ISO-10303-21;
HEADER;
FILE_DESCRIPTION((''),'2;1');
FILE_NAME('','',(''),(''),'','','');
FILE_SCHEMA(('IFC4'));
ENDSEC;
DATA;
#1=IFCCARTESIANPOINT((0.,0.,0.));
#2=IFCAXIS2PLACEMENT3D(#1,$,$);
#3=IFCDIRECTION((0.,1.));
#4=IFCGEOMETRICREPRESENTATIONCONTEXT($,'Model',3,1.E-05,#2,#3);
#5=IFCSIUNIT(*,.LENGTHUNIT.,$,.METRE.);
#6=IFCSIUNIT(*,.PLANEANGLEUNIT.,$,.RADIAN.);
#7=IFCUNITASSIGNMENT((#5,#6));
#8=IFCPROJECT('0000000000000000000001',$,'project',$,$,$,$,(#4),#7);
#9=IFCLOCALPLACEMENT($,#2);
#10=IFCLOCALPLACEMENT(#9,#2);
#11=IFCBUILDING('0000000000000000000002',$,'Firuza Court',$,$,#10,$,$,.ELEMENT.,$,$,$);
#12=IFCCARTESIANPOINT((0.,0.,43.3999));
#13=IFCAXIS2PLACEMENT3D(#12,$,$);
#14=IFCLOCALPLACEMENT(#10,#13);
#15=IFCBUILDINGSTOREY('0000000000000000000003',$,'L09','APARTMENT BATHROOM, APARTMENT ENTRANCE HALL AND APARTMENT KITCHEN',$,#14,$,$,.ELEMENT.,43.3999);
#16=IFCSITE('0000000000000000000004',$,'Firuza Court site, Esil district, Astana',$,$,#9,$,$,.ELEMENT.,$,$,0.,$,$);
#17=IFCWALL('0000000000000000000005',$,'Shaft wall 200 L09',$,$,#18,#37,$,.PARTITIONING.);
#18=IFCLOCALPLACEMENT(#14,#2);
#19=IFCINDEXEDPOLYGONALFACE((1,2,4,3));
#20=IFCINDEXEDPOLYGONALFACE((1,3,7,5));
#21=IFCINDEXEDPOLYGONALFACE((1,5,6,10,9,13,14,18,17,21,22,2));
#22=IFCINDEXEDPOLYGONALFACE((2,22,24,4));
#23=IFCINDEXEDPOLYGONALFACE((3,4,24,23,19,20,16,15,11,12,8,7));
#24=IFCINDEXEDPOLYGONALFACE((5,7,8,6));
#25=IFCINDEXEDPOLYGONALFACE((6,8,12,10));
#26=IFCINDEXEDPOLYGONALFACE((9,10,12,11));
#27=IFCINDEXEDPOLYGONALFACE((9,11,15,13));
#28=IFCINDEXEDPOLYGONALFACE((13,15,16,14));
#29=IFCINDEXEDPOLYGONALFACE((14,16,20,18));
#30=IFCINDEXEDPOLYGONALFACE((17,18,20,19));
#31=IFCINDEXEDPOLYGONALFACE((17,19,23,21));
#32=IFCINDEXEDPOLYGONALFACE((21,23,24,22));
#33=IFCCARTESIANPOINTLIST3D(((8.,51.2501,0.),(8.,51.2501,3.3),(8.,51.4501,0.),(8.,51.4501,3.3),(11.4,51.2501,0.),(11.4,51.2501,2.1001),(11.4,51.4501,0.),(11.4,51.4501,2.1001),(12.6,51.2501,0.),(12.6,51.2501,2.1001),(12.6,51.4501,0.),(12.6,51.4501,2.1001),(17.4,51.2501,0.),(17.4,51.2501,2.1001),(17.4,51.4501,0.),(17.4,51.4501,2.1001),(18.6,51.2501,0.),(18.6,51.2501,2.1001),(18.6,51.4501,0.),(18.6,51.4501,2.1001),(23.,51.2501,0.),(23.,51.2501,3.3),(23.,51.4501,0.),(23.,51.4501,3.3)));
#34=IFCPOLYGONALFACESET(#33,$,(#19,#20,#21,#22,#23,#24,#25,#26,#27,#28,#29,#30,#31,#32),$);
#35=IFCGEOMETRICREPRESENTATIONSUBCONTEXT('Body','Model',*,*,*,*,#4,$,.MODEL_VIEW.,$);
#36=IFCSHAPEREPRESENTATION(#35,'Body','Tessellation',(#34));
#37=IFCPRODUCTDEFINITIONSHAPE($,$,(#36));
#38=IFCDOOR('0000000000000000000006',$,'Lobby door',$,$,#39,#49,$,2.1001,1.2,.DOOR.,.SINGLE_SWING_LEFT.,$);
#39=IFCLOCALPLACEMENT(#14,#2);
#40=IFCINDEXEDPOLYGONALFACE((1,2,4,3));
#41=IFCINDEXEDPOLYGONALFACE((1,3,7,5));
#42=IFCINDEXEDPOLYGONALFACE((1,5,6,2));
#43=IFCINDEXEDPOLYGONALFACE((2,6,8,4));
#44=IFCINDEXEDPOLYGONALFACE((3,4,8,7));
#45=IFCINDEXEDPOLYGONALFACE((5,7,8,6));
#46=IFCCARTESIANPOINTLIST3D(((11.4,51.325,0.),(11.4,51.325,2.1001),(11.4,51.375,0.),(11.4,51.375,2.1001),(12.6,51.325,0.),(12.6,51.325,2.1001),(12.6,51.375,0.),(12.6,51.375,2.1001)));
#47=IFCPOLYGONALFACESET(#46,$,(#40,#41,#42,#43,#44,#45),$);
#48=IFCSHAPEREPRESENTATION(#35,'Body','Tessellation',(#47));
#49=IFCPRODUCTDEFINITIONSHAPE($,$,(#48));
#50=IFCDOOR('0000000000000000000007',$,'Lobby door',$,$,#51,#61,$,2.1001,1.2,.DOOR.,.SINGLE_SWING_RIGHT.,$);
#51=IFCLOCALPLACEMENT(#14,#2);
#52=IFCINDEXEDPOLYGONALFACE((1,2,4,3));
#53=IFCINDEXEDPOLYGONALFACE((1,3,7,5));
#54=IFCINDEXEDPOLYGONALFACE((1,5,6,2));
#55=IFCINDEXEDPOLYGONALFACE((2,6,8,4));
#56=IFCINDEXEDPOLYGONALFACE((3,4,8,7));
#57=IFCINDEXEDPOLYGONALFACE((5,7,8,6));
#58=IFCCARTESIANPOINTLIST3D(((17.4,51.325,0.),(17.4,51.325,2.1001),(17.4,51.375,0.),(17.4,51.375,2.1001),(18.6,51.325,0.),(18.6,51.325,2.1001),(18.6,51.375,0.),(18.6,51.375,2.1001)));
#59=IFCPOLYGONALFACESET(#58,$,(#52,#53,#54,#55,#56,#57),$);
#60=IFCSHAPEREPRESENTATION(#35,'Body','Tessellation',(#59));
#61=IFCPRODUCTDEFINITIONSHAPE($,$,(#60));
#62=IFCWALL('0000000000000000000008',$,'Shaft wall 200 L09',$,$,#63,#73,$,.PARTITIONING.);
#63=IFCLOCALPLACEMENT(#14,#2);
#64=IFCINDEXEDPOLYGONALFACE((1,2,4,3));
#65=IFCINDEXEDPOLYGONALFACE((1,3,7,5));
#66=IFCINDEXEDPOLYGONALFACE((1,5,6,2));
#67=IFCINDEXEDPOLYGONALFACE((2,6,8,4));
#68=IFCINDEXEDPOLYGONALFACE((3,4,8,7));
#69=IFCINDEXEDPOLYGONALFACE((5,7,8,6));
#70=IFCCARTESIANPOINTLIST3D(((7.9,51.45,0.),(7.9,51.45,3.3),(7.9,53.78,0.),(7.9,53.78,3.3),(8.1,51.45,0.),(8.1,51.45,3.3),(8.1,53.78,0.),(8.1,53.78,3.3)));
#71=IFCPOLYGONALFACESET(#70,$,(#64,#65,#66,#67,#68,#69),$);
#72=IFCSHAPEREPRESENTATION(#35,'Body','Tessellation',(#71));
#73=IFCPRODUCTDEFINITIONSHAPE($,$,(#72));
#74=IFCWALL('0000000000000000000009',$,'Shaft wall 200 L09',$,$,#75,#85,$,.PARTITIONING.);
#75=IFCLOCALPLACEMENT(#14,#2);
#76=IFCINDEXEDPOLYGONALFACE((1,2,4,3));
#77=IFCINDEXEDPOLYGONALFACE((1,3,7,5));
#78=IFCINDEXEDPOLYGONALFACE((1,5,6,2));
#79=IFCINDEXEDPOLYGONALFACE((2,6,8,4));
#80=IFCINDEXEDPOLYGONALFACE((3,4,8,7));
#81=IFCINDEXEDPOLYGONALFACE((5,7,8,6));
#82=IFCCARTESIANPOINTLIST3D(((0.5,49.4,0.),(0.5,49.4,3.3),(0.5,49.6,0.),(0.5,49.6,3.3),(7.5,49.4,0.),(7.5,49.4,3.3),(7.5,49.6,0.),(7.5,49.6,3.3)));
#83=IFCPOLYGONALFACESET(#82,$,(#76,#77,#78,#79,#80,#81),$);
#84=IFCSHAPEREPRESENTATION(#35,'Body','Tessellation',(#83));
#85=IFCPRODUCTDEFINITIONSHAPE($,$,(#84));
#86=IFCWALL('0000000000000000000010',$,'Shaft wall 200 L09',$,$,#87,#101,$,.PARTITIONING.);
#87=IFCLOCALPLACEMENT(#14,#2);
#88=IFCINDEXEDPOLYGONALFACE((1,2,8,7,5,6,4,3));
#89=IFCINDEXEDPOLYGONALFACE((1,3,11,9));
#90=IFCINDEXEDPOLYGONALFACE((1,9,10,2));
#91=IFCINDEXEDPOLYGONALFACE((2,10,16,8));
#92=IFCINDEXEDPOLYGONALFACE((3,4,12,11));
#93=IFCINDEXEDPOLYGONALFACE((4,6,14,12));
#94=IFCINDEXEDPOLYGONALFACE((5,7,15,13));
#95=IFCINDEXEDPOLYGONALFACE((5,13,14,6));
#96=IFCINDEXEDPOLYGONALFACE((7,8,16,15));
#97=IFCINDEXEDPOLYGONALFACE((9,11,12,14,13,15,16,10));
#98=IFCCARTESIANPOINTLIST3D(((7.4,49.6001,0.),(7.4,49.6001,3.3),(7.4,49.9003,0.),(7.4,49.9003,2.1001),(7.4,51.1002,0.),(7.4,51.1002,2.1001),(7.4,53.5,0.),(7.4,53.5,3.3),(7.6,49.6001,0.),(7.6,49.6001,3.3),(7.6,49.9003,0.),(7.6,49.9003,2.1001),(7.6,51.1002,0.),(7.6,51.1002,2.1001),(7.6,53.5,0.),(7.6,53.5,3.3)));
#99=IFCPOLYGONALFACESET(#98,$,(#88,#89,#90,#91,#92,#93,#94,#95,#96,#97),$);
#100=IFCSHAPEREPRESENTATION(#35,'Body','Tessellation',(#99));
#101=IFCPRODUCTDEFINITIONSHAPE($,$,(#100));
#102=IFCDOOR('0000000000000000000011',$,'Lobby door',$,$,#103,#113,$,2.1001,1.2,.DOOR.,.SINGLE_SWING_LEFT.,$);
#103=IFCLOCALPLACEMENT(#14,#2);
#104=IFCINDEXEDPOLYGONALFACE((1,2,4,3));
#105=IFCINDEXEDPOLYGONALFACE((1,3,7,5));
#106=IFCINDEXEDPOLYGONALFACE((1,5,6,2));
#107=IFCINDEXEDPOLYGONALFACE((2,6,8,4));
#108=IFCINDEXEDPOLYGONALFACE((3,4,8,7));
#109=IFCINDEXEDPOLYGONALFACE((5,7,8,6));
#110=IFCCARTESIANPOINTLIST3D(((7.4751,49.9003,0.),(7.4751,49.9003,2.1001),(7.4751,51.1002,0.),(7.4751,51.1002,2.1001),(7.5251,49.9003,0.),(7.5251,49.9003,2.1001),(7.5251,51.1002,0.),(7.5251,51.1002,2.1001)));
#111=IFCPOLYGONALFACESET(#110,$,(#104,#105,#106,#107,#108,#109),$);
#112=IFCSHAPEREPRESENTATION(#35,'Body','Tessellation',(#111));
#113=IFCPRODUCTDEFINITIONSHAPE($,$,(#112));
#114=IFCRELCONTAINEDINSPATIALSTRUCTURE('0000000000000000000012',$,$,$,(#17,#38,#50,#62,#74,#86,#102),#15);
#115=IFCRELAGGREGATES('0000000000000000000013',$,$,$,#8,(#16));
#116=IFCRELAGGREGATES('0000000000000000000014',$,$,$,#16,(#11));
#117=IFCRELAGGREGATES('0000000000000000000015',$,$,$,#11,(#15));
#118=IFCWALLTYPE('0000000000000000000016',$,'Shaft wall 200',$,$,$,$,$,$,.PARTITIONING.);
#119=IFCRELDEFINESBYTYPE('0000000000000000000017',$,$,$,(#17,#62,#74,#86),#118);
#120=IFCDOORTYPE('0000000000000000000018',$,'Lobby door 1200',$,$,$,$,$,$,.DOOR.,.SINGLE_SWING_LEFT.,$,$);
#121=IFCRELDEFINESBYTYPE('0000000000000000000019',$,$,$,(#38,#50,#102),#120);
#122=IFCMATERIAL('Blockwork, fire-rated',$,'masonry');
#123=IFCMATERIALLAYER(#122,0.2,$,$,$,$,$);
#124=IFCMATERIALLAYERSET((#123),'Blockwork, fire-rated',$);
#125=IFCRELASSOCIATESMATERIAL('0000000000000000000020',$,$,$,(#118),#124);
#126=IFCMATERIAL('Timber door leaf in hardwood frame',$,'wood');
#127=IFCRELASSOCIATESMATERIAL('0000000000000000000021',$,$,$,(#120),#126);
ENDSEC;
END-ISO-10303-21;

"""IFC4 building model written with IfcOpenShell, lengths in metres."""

from ifc_helpers import new_model, si_unit, direction, frame, frame_2d, origin, place, context, subcontext, project, spatial, rectangle, extrude, material, layer, layer_set, type_object, element, fill, save


model = new_model("IFC4")

# Units and contexts
model_context = context("Model", 3, precision=1e-05, world=origin(), true_north=direction((0.0, 1.0)))
body_context = subcontext(model_context, "Body", "Model", "MODEL_VIEW")
ifc_project = project(units=[si_unit("LENGTHUNIT", "METRE"), si_unit("PLANEANGLEUNIT", "RADIAN")], contexts=[model_context])

# Site, building, storey
site_placement = place(None, origin())
site = spatial("IfcSite", under=ifc_project, at=site_placement, Name="Firuza Court site, Esil district, Astana", CompositionType="ELEMENT", RefElevation=0.0)
building_placement = place(site_placement, origin())
building = spatial("IfcBuilding", under=site, at=building_placement, Name="Firuza Court", CompositionType="ELEMENT")
storey_placement = place(building_placement, frame((0.0, 0.0, 43.3999)))
storey = spatial("IfcBuildingStorey", under=building, at=storey_placement, Name="L09", Description="APARTMENT BATHROOM, APARTMENT ENTRANCE HALL AND APARTMENT KITCHEN", CompositionType="ELEMENT", Elevation=43.3999)

# Wall, openings, doors
ifc_material_1 = material(Name="Blockwork, fire-rated", Category="masonry")
ifc_layer_1 = layer(ifc_material_1, 0.2)
ifc_layer_set_1 = layer_set([ifc_layer_1], Name="Blockwork, fire-rated")
wall_type_1 = type_object("IfcWallType", Name="Shaft wall 200", PredefinedType="PARTITIONING", material=ifc_layer_set_1)
wall_1_placement = place(storey_placement, frame((8.0, 51.3501, 0.0), z_axis=(0.0, 0.0, 1.0), x_axis=(1.0, 0.0, 0.0)))
wall_1 = element("IfcWall", 1, at=wall_1_placement, inside=storey, type_object=wall_type_1, Name="Shaft wall 200 L09", PredefinedType="PARTITIONING", context=body_context, shape_type="SweptSolid", body=[
    extrude(rectangle(XDim=15.0, YDim=0.2, at=frame_2d((7.5, 0.0))), origin(), (0.0, 0.0, 1.0), 3.3),
])
opening_1_placement = place(wall_1_placement, frame((3.3999, 0.0, 0.0)))
opening_1 = element("IfcOpeningElement", 2, at=opening_1_placement, cuts=wall_1, PredefinedType="OPENING", context=body_context, shape_type="SweptSolid", body=[
    extrude(rectangle(XDim=1.2, YDim=2.1001, at=frame_2d((0.6001, 1.05))), frame((0.0, 0.1118, 0.0), z_axis=(0.0, -1.0, 0.0), x_axis=(1.0, 0.0, 0.0)), (0.0, 0.0, 1.0), 0.2239),
])
opening_2_placement = place(wall_1_placement, frame((9.3999, 0.0, 0.0)))
opening_2 = element("IfcOpeningElement", 3, at=opening_2_placement, cuts=wall_1, PredefinedType="OPENING", context=body_context, shape_type="SweptSolid", body=[
    extrude(rectangle(XDim=1.2, YDim=2.1001, at=frame_2d((0.6001, 1.05))), frame((0.0, 0.1118, 0.0), z_axis=(0.0, -1.0, 0.0), x_axis=(1.0, 0.0, 0.0)), (0.0, 0.0, 1.0), 0.2239),
])
ifc_material_2 = material(Name="Timber door leaf in hardwood frame", Category="wood")
door_type_1 = type_object("IfcDoorType", Name="Lobby door 1200", OperationType="SINGLE_SWING_LEFT", PredefinedType="DOOR", material=ifc_material_2)
door_1_placement = place(opening_1_placement, origin())
door_1 = element("IfcDoor", 4, at=door_1_placement, inside=storey, type_object=door_type_1, Name="Lobby door", OperationType="SINGLE_SWING_LEFT", OverallHeight=2.1001, OverallWidth=1.2, PredefinedType="DOOR", context=body_context, shape_type="SweptSolid", body=[
    extrude(rectangle(XDim=1.2, YDim=2.1001, at=frame_2d((0.6001, 1.05))), frame((0.0, 0.0249, 0.0), z_axis=(0.0, -1.0, 0.0), x_axis=(1.0, 0.0, 0.0)), (0.0, 0.0, 1.0), 0.05),
])
fill(opening_1, door_1)
door_2_placement = place(opening_2_placement, origin())
door_2 = element("IfcDoor", 5, at=door_2_placement, inside=storey, type_object=door_type_1, Name="Lobby door", OperationType="SINGLE_SWING_RIGHT", OverallHeight=2.1001, OverallWidth=1.2, PredefinedType="DOOR", context=body_context, shape_type="SweptSolid", body=[
    extrude(rectangle(XDim=1.2, YDim=2.1001, at=frame_2d((0.6001, 1.05))), frame((0.0, 0.0249, 0.0), z_axis=(0.0, -1.0, 0.0), x_axis=(1.0, 0.0, 0.0)), (0.0, 0.0, 1.0), 0.05),
])
fill(opening_2, door_2)

# Walls
wall_2_placement = place(storey_placement, frame((8.0, 51.45, 0.0), z_axis=(0.0, 0.0, 1.0), x_axis=(0.0, 1.0, 0.0)))
element("IfcWall", 6, at=wall_2_placement, inside=storey, type_object=wall_type_1, Name="Shaft wall 200 L09", PredefinedType="PARTITIONING", context=body_context, shape_type="SweptSolid", body=[
    extrude(rectangle(XDim=2.3301, YDim=0.2, at=frame_2d((1.165, 0.0))), origin(), (0.0, 0.0, 1.0), 3.3),
])
wall_3_placement = place(storey_placement, frame((0.5, 49.5, 0.0), z_axis=(0.0, 0.0, 1.0), x_axis=(1.0, 0.0, 0.0)))
element("IfcWall", 7, at=wall_3_placement, inside=storey, type_object=wall_type_1, Name="Shaft wall 200 L09", PredefinedType="PARTITIONING", context=body_context, shape_type="SweptSolid", body=[
    extrude(rectangle(XDim=7.0, YDim=0.2, at=frame_2d((3.5, 0.0))), origin(), (0.0, 0.0, 1.0), 3.3),
])

# Wall, opening, door
wall_4_placement = place(storey_placement, frame((7.5, 49.6001, 0.0), z_axis=(0.0, 0.0, 1.0), x_axis=(0.0, 1.0, 0.0)))
wall_4 = element("IfcWall", 8, at=wall_4_placement, inside=storey, type_object=wall_type_1, Name="Shaft wall 200 L09", PredefinedType="PARTITIONING", context=body_context, shape_type="SweptSolid", body=[
    extrude(rectangle(XDim=3.8999, YDim=0.2, at=frame_2d((1.95, 0.0))), origin(), (0.0, 0.0, 1.0), 3.3),
])
opening_3_placement = place(wall_4_placement, frame((0.3, 0.0, 0.0)))
opening_3 = element("IfcOpeningElement", 9, at=opening_3_placement, cuts=wall_4, PredefinedType="OPENING", context=body_context, shape_type="SweptSolid", body=[
    extrude(rectangle(XDim=1.2, YDim=2.1001, at=frame_2d((0.6001, 1.05))), frame((0.0, 0.1118, 0.0), z_axis=(0.0, -1.0, 0.0), x_axis=(1.0, 0.0, 0.0)), (0.0, 0.0, 1.0), 0.2239),
])
door_3_placement = place(opening_3_placement, origin())
door_3 = element("IfcDoor", 10, at=door_3_placement, inside=storey, type_object=door_type_1, Name="Lobby door", OperationType="SINGLE_SWING_LEFT", OverallHeight=2.1001, OverallWidth=1.2, PredefinedType="DOOR", context=body_context, shape_type="SweptSolid", body=[
    extrude(rectangle(XDim=1.2, YDim=2.1001, at=frame_2d((0.6001, 1.05))), frame((0.0, 0.0249, 0.0), z_axis=(0.0, -1.0, 0.0), x_axis=(1.0, 0.0, 0.0)), (0.0, 0.0, 1.0), 0.05),
])
fill(opening_3, door_3)

save(model, "model.ifc")
